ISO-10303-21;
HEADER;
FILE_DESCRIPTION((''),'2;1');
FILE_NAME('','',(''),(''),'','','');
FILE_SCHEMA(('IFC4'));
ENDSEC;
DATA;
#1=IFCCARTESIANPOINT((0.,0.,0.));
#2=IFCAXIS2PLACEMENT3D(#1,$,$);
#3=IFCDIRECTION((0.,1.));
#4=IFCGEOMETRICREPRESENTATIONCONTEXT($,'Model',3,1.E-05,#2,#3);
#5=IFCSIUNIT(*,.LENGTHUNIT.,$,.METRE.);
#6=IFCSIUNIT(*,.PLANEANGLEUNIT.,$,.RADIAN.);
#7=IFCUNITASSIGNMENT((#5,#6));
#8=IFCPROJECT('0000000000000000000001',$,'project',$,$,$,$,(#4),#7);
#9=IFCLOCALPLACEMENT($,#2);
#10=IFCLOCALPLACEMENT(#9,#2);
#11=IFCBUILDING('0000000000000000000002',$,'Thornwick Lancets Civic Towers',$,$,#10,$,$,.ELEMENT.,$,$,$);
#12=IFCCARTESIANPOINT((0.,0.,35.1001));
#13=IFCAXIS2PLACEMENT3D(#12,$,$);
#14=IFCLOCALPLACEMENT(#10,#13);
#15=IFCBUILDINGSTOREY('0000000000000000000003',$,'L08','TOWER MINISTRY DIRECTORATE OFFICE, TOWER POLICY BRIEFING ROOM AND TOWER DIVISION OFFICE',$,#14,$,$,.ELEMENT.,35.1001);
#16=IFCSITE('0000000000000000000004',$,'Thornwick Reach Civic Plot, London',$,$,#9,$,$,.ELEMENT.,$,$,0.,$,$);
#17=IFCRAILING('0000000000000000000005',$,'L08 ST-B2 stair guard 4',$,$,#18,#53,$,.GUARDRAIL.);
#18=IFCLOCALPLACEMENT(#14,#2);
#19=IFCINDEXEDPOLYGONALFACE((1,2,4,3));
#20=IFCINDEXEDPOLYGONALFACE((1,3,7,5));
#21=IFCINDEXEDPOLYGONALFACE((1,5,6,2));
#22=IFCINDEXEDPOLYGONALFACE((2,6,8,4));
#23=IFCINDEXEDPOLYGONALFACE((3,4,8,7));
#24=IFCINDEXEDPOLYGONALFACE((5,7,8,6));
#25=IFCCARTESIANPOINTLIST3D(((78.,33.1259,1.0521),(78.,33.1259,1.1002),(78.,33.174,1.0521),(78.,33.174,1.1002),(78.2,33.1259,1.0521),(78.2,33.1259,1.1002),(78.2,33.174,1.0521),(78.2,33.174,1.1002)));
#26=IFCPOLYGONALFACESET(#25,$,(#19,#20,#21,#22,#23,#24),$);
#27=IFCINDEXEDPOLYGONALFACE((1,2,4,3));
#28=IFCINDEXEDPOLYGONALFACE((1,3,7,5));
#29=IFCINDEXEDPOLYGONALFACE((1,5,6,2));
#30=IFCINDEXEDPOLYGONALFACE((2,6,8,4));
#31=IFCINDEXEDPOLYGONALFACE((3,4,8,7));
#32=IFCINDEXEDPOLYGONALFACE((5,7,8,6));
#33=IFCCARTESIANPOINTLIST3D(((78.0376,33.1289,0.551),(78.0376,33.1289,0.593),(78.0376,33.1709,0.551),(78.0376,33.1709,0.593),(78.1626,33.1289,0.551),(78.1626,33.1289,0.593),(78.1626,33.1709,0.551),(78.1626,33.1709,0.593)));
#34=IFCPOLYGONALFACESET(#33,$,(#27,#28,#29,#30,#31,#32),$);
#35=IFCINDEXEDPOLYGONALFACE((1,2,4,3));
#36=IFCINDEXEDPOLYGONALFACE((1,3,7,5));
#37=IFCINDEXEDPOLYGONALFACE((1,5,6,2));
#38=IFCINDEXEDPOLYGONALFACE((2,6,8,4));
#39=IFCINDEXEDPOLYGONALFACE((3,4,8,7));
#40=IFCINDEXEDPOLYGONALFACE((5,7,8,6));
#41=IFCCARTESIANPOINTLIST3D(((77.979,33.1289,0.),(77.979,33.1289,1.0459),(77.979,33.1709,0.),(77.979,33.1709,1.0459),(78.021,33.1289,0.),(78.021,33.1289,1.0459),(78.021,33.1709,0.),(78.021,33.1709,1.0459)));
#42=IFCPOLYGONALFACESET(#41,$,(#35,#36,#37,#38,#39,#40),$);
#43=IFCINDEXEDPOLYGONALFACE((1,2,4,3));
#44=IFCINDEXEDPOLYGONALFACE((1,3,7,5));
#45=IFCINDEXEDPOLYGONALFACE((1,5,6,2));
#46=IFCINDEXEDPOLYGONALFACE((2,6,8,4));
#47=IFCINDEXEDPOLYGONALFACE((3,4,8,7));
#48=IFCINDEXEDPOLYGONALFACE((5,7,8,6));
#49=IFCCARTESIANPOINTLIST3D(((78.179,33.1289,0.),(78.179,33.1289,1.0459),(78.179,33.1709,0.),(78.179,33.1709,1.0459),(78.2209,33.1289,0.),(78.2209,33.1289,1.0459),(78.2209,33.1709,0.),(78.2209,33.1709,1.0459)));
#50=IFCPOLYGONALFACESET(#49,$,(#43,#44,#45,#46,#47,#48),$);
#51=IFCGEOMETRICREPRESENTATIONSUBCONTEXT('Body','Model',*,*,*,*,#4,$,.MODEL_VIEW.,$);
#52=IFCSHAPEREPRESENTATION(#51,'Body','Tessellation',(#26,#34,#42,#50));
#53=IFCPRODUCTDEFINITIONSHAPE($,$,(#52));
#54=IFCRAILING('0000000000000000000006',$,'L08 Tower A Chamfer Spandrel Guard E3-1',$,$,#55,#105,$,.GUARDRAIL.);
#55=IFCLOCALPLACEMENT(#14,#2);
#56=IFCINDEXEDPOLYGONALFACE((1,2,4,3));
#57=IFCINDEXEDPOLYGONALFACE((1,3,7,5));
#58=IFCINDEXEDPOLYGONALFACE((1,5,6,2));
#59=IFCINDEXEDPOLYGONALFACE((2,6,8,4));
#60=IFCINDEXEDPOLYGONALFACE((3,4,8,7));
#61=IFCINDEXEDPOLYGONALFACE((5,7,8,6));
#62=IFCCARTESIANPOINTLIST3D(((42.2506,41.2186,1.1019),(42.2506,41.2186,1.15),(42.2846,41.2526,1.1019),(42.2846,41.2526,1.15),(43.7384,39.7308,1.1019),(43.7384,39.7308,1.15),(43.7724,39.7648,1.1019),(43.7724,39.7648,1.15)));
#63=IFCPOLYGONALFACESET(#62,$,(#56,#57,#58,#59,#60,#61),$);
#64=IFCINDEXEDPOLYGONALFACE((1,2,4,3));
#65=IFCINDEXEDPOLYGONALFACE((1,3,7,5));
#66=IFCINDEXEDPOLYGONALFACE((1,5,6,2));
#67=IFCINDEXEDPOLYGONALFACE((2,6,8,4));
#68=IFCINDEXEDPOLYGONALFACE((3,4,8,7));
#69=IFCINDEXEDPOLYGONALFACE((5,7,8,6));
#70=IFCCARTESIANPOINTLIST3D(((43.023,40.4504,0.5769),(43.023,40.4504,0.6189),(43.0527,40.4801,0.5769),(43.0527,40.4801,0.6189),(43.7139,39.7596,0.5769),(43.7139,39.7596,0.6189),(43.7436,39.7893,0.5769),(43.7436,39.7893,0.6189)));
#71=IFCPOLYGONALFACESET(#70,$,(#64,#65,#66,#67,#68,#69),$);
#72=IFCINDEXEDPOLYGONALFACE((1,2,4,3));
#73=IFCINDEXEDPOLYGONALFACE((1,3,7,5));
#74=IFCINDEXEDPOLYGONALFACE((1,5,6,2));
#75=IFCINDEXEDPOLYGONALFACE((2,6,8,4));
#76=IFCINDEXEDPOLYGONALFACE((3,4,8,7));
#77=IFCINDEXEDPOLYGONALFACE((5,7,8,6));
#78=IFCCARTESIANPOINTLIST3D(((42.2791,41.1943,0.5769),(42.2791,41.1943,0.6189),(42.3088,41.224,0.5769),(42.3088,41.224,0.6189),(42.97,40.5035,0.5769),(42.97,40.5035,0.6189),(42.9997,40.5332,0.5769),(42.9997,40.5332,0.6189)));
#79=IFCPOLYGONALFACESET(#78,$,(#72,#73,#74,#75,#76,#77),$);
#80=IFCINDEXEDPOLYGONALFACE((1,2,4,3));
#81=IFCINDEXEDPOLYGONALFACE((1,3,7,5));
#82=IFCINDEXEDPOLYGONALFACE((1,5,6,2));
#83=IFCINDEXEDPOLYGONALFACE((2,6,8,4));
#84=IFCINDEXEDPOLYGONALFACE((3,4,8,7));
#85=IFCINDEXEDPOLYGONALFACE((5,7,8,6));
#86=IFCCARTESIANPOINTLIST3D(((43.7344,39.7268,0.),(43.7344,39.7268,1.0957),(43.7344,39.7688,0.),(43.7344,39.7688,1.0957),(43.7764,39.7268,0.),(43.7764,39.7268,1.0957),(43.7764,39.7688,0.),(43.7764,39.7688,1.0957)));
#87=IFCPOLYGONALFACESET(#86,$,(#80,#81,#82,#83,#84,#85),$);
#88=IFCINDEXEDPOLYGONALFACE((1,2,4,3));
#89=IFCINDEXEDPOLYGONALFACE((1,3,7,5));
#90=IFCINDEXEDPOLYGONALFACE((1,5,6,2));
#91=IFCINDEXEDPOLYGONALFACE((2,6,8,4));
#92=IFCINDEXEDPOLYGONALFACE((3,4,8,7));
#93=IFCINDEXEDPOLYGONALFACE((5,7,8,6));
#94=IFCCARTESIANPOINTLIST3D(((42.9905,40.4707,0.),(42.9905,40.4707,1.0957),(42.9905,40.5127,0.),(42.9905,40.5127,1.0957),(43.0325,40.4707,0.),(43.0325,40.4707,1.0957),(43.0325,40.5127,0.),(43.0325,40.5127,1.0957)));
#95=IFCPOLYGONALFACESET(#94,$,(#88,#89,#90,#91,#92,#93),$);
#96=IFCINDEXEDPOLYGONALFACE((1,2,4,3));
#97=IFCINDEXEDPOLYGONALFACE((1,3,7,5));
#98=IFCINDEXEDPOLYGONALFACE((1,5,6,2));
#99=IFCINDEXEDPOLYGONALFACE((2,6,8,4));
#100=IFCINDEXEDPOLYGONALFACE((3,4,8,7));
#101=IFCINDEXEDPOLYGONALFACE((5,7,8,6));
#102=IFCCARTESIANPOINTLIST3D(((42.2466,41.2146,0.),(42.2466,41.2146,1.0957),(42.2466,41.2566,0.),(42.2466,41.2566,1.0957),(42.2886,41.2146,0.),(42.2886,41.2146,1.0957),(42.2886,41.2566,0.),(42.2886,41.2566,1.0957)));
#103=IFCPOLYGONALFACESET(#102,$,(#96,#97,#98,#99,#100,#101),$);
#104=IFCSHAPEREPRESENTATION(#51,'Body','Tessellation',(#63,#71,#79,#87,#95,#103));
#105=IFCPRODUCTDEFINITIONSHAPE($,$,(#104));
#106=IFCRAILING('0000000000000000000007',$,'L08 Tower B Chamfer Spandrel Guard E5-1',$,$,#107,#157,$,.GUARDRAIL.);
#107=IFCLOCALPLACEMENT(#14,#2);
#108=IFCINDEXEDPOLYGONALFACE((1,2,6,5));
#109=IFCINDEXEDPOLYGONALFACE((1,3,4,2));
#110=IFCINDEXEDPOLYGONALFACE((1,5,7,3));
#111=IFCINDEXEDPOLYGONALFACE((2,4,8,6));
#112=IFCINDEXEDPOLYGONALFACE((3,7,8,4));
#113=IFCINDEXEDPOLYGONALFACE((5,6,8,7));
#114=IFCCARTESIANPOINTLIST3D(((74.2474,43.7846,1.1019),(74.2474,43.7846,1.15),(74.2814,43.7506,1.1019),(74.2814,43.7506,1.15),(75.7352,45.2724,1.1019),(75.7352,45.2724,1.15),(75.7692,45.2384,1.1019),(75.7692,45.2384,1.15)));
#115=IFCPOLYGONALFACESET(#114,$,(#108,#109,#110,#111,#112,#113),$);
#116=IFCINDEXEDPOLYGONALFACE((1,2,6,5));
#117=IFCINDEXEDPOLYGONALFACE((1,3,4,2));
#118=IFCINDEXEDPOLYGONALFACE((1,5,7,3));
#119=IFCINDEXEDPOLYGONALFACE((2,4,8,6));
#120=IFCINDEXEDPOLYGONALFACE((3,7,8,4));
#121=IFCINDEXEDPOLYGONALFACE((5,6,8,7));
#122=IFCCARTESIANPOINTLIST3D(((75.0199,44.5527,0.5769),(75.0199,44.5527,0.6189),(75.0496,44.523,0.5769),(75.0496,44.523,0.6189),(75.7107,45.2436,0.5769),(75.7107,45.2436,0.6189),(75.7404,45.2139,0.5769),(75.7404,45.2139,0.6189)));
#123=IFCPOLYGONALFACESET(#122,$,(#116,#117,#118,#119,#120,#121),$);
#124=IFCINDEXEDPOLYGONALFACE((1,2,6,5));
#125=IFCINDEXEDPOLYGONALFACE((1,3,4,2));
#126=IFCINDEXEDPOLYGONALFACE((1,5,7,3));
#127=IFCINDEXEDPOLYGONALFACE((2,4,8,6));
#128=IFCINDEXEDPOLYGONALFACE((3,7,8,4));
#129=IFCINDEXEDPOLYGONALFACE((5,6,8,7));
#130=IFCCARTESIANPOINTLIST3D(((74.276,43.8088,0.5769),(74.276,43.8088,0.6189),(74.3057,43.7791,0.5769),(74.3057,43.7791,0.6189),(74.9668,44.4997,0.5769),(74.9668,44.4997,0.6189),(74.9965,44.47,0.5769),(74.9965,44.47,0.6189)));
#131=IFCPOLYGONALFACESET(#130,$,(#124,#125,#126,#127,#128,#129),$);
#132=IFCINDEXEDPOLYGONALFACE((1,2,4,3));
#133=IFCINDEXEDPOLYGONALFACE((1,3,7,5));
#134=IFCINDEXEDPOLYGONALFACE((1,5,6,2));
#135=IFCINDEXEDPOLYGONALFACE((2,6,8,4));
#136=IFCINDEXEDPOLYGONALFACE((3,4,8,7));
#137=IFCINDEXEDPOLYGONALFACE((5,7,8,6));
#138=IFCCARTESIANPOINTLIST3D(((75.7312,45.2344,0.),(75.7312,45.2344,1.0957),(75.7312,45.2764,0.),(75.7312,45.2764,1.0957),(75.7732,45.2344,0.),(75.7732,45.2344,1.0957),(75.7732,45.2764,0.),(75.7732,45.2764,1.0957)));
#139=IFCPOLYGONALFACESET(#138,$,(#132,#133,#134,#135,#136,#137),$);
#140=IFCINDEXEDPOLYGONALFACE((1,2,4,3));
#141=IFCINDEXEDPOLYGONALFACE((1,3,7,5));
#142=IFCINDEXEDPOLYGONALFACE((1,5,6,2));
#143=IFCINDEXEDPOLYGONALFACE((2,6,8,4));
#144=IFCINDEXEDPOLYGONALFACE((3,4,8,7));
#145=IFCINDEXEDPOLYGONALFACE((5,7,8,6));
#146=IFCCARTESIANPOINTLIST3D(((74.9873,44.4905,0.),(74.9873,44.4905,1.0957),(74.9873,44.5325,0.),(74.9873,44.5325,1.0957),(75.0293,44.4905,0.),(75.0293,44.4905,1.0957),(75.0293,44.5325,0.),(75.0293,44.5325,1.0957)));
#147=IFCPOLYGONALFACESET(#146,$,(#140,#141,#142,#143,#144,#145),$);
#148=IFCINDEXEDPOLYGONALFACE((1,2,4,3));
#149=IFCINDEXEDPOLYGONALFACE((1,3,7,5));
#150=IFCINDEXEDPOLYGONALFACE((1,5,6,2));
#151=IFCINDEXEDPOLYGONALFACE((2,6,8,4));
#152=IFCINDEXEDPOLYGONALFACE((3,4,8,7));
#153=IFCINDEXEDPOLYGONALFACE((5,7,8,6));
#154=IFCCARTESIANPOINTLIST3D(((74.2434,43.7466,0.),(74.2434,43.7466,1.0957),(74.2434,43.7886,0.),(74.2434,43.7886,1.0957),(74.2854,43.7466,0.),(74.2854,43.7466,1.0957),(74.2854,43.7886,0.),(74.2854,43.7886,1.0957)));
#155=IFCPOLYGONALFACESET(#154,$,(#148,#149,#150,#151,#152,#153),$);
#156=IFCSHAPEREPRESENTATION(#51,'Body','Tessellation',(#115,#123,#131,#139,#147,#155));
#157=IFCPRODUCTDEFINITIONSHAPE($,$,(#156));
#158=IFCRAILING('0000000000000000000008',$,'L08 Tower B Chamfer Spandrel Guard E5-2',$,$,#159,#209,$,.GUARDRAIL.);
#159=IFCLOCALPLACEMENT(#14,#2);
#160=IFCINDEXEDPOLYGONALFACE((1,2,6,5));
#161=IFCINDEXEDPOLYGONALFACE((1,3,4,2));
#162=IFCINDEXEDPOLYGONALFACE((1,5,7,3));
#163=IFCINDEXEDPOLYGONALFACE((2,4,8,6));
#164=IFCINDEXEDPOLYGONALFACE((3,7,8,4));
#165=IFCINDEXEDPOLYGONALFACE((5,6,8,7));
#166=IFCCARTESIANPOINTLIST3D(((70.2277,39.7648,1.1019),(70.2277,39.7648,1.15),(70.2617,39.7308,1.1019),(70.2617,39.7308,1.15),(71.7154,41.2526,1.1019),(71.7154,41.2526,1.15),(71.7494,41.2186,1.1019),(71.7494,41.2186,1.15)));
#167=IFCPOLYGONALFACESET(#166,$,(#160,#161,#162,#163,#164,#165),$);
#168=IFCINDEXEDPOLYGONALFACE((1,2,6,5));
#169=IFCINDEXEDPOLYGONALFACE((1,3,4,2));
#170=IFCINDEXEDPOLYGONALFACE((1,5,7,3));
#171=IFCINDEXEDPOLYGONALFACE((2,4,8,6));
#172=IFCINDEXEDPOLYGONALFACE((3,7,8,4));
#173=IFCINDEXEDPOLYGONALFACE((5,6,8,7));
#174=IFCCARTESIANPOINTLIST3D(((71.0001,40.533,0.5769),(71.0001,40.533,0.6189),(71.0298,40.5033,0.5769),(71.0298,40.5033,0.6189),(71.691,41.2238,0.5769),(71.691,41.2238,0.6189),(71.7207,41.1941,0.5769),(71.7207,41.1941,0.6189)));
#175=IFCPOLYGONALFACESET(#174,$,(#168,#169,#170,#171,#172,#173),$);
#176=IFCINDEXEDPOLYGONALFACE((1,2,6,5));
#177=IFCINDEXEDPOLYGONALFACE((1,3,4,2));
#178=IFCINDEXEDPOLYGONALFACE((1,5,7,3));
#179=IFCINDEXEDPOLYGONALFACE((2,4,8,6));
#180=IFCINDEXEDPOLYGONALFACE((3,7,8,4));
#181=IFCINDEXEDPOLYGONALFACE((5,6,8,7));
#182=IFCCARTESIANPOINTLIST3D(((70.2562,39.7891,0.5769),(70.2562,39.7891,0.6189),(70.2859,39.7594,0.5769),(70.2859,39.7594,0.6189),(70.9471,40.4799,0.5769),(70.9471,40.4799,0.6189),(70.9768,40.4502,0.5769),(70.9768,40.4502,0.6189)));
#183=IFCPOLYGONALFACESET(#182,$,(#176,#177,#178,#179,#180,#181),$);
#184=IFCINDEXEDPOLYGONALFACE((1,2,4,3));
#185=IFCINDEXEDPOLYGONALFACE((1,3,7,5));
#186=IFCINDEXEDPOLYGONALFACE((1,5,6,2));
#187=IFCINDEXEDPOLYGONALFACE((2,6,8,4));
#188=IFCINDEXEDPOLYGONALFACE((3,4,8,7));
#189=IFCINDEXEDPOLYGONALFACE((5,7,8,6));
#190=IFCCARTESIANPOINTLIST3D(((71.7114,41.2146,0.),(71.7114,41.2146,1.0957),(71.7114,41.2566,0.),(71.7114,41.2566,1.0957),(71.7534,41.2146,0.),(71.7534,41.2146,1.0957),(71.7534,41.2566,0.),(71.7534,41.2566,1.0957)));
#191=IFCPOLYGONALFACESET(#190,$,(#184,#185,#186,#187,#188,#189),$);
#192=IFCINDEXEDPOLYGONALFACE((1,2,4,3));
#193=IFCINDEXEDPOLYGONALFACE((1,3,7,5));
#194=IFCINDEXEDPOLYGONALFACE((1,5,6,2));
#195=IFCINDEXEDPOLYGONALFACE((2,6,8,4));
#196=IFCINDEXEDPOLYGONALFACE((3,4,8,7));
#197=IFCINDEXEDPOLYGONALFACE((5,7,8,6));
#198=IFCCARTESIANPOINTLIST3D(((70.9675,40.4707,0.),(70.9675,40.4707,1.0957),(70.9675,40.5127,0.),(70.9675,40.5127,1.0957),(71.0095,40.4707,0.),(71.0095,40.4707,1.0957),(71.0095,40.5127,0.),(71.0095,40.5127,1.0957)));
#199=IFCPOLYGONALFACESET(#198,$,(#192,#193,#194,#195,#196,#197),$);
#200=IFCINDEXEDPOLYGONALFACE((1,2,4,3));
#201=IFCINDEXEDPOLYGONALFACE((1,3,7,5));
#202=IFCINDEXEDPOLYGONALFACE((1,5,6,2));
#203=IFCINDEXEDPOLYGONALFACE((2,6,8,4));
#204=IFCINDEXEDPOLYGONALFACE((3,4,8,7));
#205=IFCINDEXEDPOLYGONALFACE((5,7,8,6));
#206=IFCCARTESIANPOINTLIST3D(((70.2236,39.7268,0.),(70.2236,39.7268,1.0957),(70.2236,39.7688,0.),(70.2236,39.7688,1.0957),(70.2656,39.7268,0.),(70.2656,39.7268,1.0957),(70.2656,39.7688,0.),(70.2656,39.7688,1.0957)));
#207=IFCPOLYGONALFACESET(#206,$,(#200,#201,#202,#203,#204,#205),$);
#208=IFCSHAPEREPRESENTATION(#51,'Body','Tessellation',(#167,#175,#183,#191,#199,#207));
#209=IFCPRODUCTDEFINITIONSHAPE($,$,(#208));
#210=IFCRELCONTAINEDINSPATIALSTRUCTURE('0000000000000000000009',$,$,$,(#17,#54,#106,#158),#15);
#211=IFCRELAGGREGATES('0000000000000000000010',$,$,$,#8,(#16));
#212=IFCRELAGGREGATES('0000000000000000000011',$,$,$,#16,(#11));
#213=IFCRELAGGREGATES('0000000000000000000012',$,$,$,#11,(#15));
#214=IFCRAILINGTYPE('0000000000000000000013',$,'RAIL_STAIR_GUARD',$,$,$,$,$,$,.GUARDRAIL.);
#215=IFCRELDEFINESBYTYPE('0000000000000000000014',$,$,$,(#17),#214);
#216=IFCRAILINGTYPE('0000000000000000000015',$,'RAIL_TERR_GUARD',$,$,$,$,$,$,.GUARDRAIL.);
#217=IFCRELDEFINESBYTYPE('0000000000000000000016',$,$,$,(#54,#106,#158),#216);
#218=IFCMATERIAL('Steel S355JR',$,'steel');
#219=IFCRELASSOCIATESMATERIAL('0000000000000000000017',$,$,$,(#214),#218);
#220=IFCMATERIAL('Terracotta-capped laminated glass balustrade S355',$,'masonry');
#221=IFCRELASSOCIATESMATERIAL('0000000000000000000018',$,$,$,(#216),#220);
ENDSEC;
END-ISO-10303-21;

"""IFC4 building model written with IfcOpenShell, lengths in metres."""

from ifc_helpers import new_model, si_unit, direction, frame, origin, origin_2d, place, context, subcontext, project, spatial, rectangle, extrude, material, type_object, element, save


model = new_model("IFC4")

# Units and contexts
model_context = context("Model", 3, precision=1e-05, world=origin(), true_north=direction((0.0, 1.0)))
body_context = subcontext(model_context, "Body", "Model", "MODEL_VIEW")
ifc_project = project(units=[si_unit("LENGTHUNIT", "METRE"), si_unit("PLANEANGLEUNIT", "RADIAN")], contexts=[model_context])

# Site, building, storey
site_placement = place(None, origin())
site = spatial("IfcSite", under=ifc_project, at=site_placement, Name="Thornwick Reach Civic Plot, London", CompositionType="ELEMENT", RefElevation=0.0)
building_placement = place(site_placement, origin())
building = spatial("IfcBuilding", under=site, at=building_placement, Name="Thornwick Lancets Civic Towers", CompositionType="ELEMENT")
storey_placement = place(building_placement, frame((0.0, 0.0, 35.1001)))
storey = spatial("IfcBuildingStorey", under=building, at=storey_placement, Name="L08", Description="TOWER MINISTRY DIRECTORATE OFFICE, TOWER POLICY BRIEFING ROOM AND TOWER DIVISION OFFICE", CompositionType="ELEMENT", Elevation=35.1001)

# Shared definitions
ifc_material_1 = material(Name="Steel S355JR", Category="steel")

# Railings
railing_type_1 = type_object("IfcRailingType", Name="RAIL_STAIR_GUARD", PredefinedType="GUARDRAIL", material=ifc_material_1)
for number, where, name in (
    (1, (78.0, 33.1499, 0.0), "L08 ST-B2 stair guard 4"),
):
    element("IfcRailing", number, at=place(storey_placement, frame(where)), inside=storey, type_object=railing_type_1, Name=name, PredefinedType="GUARDRAIL", context=body_context, shape_type="SweptSolid", body=[
        extrude(rectangle(XDim=0.0481, YDim=0.0481, at=origin_2d()), frame((0.0, 0.0, 1.0762), z_axis=(1.0, 0.0, 0.0), x_axis=(0.0, 1.0, 0.0)), (0.0, 0.0, 1.0), 0.2),
        extrude(rectangle(XDim=0.042, YDim=0.042, at=origin_2d()), frame((0.0376, 0.0, 0.572), z_axis=(1.0, 0.0, 0.0), x_axis=(0.0, 1.0, 0.0)), (0.0, 0.0, 1.0), 0.125),
        extrude(rectangle(XDim=0.042, YDim=0.042, at=origin_2d()), origin(), (0.0, 0.0, 1.0), 1.0459),
        extrude(rectangle(XDim=0.042, YDim=0.042, at=origin_2d()), frame((0.2, 0.0, 0.0)), (0.0, 0.0, 1.0), 1.0459),
    ])
ifc_material_2 = material(Name="Terracotta-capped laminated glass balustrade S355", Category="masonry")
railing_type_2 = type_object("IfcRailingType", Name="RAIL_TERR_GUARD", PredefinedType="GUARDRAIL", material=ifc_material_2)
railing_1_placement = place(storey_placement, frame((43.7554, 39.7478, 0.0)))
element("IfcRailing", 2, at=railing_1_placement, inside=storey, type_object=railing_type_2, Name="L08 Tower A Chamfer Spandrel Guard E3-1", PredefinedType="GUARDRAIL", context=body_context, shape_type="SweptSolid", body=[
    extrude(rectangle(XDim=0.0481, YDim=0.0481, at=origin_2d()), frame((0.0, 0.0, 1.126), z_axis=(-0.707107, 0.707107, 0.0), x_axis=(-0.707107, -0.707107, 0.0)), (0.0, 0.0, 1.0), 2.104),
    extrude(rectangle(XDim=0.042, YDim=0.042, at=origin_2d()), frame((-0.0266, 0.0266, 0.5979), z_axis=(-0.707107, 0.707107, 0.0), x_axis=(-0.707107, -0.707107, 0.0)), (0.0, 0.0, 1.0), 0.9771),
    extrude(rectangle(XDim=0.042, YDim=0.042, at=origin_2d()), frame((-0.7705, 0.7705, 0.5979), z_axis=(-0.707107, 0.707107, 0.0), x_axis=(-0.707107, -0.707107, 0.0)), (0.0, 0.0, 1.0), 0.9771),
    extrude(rectangle(XDim=0.042, YDim=0.042, at=origin_2d()), origin(), (0.0, 0.0, 1.0), 1.0957),
    extrude(rectangle(XDim=0.042, YDim=0.042, at=origin_2d()), frame((-0.7439, 0.7439, 0.0)), (0.0, 0.0, 1.0), 1.0957),
    extrude(rectangle(XDim=0.042, YDim=0.042, at=origin_2d()), frame((-1.4878, 1.4878, 0.0)), (0.0, 0.0, 1.0), 1.0957),
])
for number, where, name in (
    (3, (75.7522, 45.2554, 0.0), "L08 Tower B Chamfer Spandrel Guard E5-1"),
    (4, (71.7324, 41.2356, 0.0), "L08 Tower B Chamfer Spandrel Guard E5-2"),
):
    element("IfcRailing", number, at=place(storey_placement, frame(where)), inside=storey, type_object=railing_type_2, Name=name, PredefinedType="GUARDRAIL", context=body_context, shape_type="SweptSolid", body=[
        extrude(rectangle(XDim=0.0481, YDim=0.0481, at=origin_2d()), frame((0.0, 0.0, 1.126), z_axis=(-0.707107, -0.707107, 0.0), x_axis=(0.707107, -0.707107, 0.0)), (0.0, 0.0, 1.0), 2.104),
        extrude(rectangle(XDim=0.042, YDim=0.042, at=origin_2d()), frame((-0.0266, -0.0266, 0.5979), z_axis=(-0.707107, -0.707107, 0.0), x_axis=(0.707107, -0.707107, 0.0)), (0.0, 0.0, 1.0), 0.9771),
        extrude(rectangle(XDim=0.042, YDim=0.042, at=origin_2d()), frame((-0.7705, -0.7705, 0.5979), z_axis=(-0.707107, -0.707107, 0.0), x_axis=(0.707107, -0.707107, 0.0)), (0.0, 0.0, 1.0), 0.9771),
        extrude(rectangle(XDim=0.042, YDim=0.042, at=origin_2d()), origin(), (0.0, 0.0, 1.0), 1.0957),
        extrude(rectangle(XDim=0.042, YDim=0.042, at=origin_2d()), frame((-0.7439, -0.7439, 0.0)), (0.0, 0.0, 1.0), 1.0957),
        extrude(rectangle(XDim=0.042, YDim=0.042, at=origin_2d()), frame((-1.4878, -1.4878, 0.0)), (0.0, 0.0, 1.0), 1.0957),
    ])

save(model, "model.ifc")
